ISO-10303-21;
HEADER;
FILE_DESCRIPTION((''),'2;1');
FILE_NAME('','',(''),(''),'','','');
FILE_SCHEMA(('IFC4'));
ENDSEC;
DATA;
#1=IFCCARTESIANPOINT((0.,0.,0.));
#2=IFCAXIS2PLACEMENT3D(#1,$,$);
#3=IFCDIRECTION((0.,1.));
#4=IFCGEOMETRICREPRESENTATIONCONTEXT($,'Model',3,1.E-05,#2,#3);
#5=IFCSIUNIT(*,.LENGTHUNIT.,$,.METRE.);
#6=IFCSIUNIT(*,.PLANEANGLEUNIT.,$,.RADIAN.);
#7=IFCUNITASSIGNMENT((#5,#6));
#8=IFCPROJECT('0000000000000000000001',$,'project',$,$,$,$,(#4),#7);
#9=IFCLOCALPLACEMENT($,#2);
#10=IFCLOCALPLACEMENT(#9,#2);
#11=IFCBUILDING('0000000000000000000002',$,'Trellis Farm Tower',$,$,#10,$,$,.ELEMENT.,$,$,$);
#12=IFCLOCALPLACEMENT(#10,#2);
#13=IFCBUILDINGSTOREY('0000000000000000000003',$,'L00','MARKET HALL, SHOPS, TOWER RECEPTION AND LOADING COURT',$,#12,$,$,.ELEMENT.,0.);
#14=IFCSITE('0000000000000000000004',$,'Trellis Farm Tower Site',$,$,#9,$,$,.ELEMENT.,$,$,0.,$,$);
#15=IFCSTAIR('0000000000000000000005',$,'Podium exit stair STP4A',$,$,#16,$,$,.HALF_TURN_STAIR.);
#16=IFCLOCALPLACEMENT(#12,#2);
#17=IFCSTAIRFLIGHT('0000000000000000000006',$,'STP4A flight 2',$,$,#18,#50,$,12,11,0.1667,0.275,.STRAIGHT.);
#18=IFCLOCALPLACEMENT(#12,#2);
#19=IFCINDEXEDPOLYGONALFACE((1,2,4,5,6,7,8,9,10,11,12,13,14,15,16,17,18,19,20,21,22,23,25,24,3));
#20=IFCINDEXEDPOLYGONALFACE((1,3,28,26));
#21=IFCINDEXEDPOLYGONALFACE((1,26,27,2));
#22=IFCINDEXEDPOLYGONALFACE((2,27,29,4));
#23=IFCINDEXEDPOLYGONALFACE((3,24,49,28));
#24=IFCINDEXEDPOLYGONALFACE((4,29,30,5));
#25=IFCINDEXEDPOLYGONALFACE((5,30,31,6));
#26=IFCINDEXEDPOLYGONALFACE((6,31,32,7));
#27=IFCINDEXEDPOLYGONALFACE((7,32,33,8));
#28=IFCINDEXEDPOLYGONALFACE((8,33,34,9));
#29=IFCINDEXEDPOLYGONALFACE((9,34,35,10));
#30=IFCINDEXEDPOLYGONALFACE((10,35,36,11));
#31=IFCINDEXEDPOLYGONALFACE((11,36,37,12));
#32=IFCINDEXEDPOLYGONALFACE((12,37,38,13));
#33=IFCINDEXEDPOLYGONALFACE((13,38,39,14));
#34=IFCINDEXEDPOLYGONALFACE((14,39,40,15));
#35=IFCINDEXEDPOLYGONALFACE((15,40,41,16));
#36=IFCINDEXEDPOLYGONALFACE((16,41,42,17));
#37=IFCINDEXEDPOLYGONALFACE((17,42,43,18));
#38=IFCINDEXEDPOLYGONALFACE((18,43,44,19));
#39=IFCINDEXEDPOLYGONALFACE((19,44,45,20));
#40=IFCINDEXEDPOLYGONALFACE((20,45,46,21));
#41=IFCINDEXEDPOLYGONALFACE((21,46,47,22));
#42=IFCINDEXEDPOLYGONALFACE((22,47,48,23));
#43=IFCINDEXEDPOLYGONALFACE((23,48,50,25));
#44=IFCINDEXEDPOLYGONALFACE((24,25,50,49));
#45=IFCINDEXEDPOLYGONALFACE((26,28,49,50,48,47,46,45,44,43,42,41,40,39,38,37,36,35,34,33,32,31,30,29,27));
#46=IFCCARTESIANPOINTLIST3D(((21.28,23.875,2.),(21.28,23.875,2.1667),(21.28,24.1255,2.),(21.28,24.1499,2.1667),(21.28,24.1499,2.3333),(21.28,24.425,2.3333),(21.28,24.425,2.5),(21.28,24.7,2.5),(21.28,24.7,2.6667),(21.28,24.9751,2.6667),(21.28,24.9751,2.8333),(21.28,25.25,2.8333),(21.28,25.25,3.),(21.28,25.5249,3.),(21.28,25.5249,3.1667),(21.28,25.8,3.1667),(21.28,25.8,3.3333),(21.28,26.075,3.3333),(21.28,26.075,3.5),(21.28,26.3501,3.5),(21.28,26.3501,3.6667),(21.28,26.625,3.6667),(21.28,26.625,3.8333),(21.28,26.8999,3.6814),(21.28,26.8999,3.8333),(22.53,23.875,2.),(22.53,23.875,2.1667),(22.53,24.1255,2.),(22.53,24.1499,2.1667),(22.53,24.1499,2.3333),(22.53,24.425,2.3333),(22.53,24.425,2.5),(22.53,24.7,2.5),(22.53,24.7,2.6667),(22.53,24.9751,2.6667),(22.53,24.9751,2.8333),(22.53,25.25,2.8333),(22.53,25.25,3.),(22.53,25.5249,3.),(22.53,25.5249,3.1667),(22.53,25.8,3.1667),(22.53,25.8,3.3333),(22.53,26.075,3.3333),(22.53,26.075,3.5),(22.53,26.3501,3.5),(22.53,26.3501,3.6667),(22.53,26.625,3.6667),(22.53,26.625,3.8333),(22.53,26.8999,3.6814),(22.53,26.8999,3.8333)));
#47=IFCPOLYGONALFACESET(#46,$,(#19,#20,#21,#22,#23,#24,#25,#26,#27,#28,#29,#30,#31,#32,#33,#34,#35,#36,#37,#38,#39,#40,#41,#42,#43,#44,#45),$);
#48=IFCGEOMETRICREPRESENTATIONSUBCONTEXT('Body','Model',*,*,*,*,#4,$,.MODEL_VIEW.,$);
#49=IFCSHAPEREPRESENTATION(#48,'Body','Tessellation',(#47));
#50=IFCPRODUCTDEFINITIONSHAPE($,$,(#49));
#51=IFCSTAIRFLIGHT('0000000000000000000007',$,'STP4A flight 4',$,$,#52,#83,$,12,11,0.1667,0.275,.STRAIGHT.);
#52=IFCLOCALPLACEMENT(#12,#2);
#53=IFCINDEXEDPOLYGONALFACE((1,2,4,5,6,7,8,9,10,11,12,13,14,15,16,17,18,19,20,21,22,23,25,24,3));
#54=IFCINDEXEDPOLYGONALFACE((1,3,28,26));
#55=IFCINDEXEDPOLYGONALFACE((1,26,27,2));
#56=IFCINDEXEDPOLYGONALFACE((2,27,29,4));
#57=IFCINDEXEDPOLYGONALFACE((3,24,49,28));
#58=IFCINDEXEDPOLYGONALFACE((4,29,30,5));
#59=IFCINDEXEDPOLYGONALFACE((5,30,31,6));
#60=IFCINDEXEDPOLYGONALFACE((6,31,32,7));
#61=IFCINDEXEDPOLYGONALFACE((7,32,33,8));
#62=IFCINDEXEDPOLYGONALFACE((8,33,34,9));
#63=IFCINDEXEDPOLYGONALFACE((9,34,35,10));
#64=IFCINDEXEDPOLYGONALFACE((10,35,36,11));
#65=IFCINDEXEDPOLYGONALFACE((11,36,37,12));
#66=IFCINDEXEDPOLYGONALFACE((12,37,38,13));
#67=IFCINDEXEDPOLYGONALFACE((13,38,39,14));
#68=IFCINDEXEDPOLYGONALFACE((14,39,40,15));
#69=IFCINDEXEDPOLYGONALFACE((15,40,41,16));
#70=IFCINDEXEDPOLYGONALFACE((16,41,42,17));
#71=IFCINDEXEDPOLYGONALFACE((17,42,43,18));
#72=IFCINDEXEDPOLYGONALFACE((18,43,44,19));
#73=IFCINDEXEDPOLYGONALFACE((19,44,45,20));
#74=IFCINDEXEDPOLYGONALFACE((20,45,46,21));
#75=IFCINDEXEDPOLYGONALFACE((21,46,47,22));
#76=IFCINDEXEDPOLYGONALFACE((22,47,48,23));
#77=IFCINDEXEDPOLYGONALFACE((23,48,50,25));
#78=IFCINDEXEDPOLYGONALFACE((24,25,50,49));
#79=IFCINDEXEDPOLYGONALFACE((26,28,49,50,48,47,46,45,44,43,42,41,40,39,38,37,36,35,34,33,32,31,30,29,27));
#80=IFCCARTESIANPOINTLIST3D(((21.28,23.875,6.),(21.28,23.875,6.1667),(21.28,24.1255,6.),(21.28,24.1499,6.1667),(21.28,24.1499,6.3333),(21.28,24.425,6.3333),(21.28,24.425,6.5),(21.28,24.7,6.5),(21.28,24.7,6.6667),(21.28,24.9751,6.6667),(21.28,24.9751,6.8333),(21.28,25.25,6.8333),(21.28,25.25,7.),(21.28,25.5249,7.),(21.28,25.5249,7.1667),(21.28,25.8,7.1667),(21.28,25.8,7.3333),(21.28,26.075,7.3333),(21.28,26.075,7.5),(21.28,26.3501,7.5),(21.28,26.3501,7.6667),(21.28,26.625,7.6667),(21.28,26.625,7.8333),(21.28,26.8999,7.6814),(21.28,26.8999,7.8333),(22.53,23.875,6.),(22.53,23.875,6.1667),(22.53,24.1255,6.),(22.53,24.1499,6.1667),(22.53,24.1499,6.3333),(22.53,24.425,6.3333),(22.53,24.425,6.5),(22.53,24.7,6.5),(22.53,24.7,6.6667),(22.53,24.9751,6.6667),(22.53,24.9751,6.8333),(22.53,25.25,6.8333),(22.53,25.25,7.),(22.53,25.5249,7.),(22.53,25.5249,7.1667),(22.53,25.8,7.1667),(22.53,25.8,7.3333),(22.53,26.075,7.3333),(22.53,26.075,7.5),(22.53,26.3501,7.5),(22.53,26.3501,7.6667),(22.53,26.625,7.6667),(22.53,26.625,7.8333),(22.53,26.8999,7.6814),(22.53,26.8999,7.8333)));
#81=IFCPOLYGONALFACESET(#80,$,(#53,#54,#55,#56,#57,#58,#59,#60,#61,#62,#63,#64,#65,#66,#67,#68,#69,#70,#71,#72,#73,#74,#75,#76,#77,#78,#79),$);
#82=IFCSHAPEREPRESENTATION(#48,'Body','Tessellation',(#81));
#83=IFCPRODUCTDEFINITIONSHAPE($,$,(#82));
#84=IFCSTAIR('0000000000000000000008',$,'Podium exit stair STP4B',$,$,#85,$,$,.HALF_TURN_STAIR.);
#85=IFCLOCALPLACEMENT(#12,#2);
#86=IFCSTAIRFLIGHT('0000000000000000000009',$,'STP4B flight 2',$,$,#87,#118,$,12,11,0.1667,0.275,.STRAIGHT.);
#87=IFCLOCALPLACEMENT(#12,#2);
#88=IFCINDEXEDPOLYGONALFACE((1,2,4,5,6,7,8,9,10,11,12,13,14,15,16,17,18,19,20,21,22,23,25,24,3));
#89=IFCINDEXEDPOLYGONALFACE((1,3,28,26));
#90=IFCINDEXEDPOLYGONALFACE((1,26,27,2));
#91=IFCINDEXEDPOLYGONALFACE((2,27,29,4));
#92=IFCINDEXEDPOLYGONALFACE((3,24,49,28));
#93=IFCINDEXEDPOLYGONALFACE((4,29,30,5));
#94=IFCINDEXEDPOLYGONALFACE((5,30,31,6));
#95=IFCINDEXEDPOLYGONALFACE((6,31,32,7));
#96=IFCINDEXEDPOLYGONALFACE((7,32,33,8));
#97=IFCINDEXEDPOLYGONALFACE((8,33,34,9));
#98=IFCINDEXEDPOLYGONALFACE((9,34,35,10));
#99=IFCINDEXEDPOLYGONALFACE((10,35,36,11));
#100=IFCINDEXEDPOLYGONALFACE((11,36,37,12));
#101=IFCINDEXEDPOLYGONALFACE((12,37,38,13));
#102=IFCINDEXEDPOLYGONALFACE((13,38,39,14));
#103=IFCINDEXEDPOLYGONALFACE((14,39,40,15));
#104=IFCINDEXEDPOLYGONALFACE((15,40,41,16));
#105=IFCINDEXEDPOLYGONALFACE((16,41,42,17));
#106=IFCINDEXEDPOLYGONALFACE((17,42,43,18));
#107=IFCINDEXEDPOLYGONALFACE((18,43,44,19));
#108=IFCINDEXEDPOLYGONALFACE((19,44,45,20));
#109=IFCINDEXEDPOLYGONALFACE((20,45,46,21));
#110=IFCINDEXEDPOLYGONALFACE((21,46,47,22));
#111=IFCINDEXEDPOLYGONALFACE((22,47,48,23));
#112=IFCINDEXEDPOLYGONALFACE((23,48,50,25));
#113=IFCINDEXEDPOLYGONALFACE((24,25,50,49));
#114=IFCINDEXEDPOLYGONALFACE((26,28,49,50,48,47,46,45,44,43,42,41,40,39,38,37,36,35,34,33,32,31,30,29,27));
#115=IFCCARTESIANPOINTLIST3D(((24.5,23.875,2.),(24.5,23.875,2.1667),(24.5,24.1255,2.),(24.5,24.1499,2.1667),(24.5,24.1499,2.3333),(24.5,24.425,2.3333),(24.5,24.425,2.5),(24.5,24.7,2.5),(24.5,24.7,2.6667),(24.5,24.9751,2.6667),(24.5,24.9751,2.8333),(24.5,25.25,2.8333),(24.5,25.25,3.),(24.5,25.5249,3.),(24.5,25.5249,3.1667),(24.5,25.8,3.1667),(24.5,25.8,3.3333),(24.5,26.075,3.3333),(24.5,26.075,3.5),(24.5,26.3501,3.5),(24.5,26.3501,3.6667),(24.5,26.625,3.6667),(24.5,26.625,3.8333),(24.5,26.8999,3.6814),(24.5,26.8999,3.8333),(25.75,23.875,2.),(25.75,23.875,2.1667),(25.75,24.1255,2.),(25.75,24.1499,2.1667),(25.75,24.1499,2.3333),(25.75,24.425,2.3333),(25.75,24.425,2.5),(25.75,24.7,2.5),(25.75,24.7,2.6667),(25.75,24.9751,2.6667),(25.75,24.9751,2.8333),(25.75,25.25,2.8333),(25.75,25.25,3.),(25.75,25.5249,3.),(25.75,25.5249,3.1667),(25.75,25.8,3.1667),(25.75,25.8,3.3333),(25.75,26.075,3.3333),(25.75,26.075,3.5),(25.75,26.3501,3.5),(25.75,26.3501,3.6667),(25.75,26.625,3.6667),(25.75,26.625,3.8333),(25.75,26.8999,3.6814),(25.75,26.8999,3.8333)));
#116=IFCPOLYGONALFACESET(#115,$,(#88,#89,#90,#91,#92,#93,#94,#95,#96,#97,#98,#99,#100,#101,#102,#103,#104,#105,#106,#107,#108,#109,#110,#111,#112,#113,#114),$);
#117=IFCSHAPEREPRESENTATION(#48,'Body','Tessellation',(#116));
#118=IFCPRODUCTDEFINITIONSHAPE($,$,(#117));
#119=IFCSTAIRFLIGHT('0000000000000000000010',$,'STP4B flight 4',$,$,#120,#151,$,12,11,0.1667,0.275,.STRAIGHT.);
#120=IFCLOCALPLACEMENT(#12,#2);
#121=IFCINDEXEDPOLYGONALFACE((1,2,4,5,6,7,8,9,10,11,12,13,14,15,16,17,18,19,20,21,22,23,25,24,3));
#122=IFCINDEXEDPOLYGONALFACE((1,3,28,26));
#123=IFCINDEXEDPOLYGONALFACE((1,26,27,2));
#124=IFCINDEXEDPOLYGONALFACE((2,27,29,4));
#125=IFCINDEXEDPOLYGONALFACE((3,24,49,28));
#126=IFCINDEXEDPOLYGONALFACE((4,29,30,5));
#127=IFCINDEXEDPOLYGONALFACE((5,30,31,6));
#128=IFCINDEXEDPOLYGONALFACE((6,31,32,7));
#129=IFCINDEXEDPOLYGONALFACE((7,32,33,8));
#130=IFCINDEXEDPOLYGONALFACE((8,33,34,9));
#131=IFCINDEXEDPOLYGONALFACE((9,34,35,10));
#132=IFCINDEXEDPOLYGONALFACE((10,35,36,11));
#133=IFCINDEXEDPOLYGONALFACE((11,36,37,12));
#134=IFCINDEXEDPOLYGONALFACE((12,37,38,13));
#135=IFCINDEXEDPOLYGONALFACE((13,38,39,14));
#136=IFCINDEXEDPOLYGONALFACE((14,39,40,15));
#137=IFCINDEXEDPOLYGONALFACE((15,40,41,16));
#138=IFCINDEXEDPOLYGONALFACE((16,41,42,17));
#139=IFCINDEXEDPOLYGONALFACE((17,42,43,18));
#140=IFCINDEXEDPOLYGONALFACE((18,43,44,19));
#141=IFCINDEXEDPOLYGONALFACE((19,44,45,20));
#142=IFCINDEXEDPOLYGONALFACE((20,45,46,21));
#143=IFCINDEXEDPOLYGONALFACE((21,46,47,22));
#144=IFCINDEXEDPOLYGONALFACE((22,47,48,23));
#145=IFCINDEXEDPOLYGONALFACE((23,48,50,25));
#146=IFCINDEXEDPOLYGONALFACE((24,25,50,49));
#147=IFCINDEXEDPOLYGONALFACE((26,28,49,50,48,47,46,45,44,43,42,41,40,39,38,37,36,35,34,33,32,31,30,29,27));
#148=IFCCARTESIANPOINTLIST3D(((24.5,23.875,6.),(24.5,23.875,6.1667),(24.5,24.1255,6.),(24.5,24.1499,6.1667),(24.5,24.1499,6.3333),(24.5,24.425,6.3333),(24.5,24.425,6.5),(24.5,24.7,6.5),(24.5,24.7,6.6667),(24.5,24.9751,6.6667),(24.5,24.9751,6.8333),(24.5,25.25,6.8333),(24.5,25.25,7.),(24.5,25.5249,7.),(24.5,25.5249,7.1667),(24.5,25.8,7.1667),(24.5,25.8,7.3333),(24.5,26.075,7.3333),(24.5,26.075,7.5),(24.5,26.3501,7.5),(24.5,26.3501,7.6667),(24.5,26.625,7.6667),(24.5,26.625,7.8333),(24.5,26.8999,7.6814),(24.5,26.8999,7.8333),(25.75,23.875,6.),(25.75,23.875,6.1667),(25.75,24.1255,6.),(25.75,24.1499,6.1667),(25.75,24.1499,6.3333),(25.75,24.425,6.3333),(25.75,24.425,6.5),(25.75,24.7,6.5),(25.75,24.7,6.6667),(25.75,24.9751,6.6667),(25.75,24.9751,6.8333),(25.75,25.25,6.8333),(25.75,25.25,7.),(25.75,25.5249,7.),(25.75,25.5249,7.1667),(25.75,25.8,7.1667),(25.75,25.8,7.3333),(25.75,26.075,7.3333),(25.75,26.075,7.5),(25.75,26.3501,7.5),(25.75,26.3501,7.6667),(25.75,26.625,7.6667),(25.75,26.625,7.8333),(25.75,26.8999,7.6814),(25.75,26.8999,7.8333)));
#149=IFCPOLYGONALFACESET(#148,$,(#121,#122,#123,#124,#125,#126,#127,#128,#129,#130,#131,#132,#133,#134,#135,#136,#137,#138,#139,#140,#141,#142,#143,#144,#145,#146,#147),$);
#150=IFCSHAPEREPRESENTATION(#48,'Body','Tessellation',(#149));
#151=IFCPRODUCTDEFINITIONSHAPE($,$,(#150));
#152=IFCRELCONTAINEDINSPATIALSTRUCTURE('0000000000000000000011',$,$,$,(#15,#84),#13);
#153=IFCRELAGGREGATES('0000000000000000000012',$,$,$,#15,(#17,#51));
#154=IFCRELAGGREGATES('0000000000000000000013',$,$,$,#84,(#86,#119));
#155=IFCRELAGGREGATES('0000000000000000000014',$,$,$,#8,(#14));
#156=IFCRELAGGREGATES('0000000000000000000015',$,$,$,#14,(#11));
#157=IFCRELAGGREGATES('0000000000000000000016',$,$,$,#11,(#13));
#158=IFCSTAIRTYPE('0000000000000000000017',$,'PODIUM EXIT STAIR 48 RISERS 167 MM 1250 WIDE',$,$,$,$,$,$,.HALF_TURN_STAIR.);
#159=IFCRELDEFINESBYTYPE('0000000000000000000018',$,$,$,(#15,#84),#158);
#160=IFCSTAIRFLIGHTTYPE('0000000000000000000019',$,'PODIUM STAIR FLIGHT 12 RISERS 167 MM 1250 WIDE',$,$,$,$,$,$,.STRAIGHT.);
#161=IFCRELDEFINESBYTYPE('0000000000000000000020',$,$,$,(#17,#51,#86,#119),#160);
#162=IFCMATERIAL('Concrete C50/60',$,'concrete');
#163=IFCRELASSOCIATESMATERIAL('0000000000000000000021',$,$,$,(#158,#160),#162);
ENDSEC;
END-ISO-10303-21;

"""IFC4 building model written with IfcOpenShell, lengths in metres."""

from ifc_helpers import new_model, si_unit, direction, frame, origin, place, context, subcontext, project, spatial, polyline, outline, extrude, source, transform, mapped, material, type_object, element, aggregate, save


model = new_model("IFC4")

# Units and contexts
model_context = context("Model", 3, precision=1e-05, world=origin(), true_north=direction((0.0, 1.0)))
body_context = subcontext(model_context, "Body", "Model", "MODEL_VIEW")
ifc_project = project(units=[si_unit("LENGTHUNIT", "METRE"), si_unit("PLANEANGLEUNIT", "RADIAN")], contexts=[model_context])

# Site, building, storey
site_placement = place(None, origin())
site = spatial("IfcSite", under=ifc_project, at=site_placement, Name="Trellis Farm Tower Site", CompositionType="ELEMENT", RefElevation=0.0)
building_placement = place(site_placement, origin())
building = spatial("IfcBuilding", under=site, at=building_placement, Name="Trellis Farm Tower", CompositionType="ELEMENT")
storey_placement = place(building_placement, origin())
storey = spatial("IfcBuildingStorey", under=building, at=storey_placement, Name="L00", Description="MARKET HALL, SHOPS, TOWER RECEPTION AND LOADING COURT", CompositionType="ELEMENT", Elevation=0.0)

# Stairs, stair flights
ifc_material_1 = material(Name="Concrete C50/60", Category="concrete")
stair_type = type_object("IfcStairType", Name="PODIUM EXIT STAIR 48 RISERS 167 MM 1250 WIDE", PredefinedType="HALF_TURN_STAIR", material=ifc_material_1)
placement = place(storey_placement, origin())
stair_1 = element("IfcStair", 1, at=placement, inside=storey, type_object=stair_type, Name="Podium exit stair STP4A", PredefinedType="HALF_TURN_STAIR")
stair_flight_type = type_object("IfcStairFlightType", Name="PODIUM STAIR FLIGHT 12 RISERS 167 MM 1250 WIDE", PredefinedType="STRAIGHT", material=ifc_material_1)
shared_shape_1 = source(origin(), body_context, "Body", "SweptSolid", [
    extrude(outline(polyline([(0.0, 0.0), (0.0, 0.1667), (0.2749, 0.1667), (0.2749, 0.3333), (0.55, 0.3333), (0.55, 0.5), (0.825, 0.5), (0.825, 0.6667), (1.1001, 0.6667), (1.1001, 0.8333), (1.375, 0.8333), (1.375, 1.0), (1.6499, 1.0), (1.6499, 1.1667), (1.925, 1.1667), (1.925, 1.3333), (2.2, 1.3333), (2.2, 1.5), (2.4751, 1.5), (2.4751, 1.6667), (2.75, 1.6667), (2.75, 1.8333), (3.0249, 1.8333), (3.0249, 2.0), (3.0249, 1.6814), (0.2505, 0.0), (0.0, 0.0)])), frame((0.0, 0.625, 0.0), z_axis=(0.0, -1.0, 0.0), x_axis=(1.0, 0.0, 0.0)), (0.0, 0.0, 1.0), 1.25),
])
stair_flight_1_placement = place(storey_placement, frame((21.905, 23.875, 2.0), z_axis=(0.0, 0.0, 1.0), x_axis=(0.0, 1.0, 0.0)))
stair_flight_1 = element("IfcStairFlight", 2, at=stair_flight_1_placement, type_object=stair_flight_type, Name="STP4A flight 2", NumberOfRisers=12, NumberOfTreads=11, PredefinedType="STRAIGHT", RiserHeight=0.1667, TreadLength=0.275, context=body_context, shape_type="MappedRepresentation", body=[
    mapped(shared_shape_1, transform((0.0, 0.0, 0.0))),
])
stair_flight_2_placement = place(storey_placement, frame((21.905, 23.875, 6.0), z_axis=(0.0, 0.0, 1.0), x_axis=(0.0, 1.0, 0.0)))
stair_flight_2 = element("IfcStairFlight", 3, at=stair_flight_2_placement, type_object=stair_flight_type, Name="STP4A flight 4", NumberOfRisers=12, NumberOfTreads=11, PredefinedType="STRAIGHT", RiserHeight=0.1667, TreadLength=0.275, context=body_context, shape_type="MappedRepresentation", body=[
    mapped(shared_shape_1, transform((0.0, 0.0, 0.0))),
])
aggregate(stair_1, [stair_flight_1, stair_flight_2])
stair_2 = element("IfcStair", 4, at=placement, inside=storey, type_object=stair_type, Name="Podium exit stair STP4B", PredefinedType="HALF_TURN_STAIR")
stair_flight_3_placement = place(storey_placement, frame((25.125, 23.875, 2.0), z_axis=(0.0, 0.0, 1.0), x_axis=(0.0, 1.0, 0.0)))
stair_flight_3 = element("IfcStairFlight", 5, at=stair_flight_3_placement, type_object=stair_flight_type, Name="STP4B flight 2", NumberOfRisers=12, NumberOfTreads=11, PredefinedType="STRAIGHT", RiserHeight=0.1667, TreadLength=0.275, context=body_context, shape_type="MappedRepresentation", body=[
    mapped(shared_shape_1, transform((0.0, 0.0, 0.0))),
])
stair_flight_4_placement = place(storey_placement, frame((25.125, 23.875, 6.0), z_axis=(0.0, 0.0, 1.0), x_axis=(0.0, 1.0, 0.0)))
stair_flight_4 = element("IfcStairFlight", 6, at=stair_flight_4_placement, type_object=stair_flight_type, Name="STP4B flight 4", NumberOfRisers=12, NumberOfTreads=11, PredefinedType="STRAIGHT", RiserHeight=0.1667, TreadLength=0.275, context=body_context, shape_type="MappedRepresentation", body=[
    mapped(shared_shape_1, transform((0.0, 0.0, 0.0))),
])
aggregate(stair_2, [stair_flight_3, stair_flight_4])

save(model, "model.ifc")
